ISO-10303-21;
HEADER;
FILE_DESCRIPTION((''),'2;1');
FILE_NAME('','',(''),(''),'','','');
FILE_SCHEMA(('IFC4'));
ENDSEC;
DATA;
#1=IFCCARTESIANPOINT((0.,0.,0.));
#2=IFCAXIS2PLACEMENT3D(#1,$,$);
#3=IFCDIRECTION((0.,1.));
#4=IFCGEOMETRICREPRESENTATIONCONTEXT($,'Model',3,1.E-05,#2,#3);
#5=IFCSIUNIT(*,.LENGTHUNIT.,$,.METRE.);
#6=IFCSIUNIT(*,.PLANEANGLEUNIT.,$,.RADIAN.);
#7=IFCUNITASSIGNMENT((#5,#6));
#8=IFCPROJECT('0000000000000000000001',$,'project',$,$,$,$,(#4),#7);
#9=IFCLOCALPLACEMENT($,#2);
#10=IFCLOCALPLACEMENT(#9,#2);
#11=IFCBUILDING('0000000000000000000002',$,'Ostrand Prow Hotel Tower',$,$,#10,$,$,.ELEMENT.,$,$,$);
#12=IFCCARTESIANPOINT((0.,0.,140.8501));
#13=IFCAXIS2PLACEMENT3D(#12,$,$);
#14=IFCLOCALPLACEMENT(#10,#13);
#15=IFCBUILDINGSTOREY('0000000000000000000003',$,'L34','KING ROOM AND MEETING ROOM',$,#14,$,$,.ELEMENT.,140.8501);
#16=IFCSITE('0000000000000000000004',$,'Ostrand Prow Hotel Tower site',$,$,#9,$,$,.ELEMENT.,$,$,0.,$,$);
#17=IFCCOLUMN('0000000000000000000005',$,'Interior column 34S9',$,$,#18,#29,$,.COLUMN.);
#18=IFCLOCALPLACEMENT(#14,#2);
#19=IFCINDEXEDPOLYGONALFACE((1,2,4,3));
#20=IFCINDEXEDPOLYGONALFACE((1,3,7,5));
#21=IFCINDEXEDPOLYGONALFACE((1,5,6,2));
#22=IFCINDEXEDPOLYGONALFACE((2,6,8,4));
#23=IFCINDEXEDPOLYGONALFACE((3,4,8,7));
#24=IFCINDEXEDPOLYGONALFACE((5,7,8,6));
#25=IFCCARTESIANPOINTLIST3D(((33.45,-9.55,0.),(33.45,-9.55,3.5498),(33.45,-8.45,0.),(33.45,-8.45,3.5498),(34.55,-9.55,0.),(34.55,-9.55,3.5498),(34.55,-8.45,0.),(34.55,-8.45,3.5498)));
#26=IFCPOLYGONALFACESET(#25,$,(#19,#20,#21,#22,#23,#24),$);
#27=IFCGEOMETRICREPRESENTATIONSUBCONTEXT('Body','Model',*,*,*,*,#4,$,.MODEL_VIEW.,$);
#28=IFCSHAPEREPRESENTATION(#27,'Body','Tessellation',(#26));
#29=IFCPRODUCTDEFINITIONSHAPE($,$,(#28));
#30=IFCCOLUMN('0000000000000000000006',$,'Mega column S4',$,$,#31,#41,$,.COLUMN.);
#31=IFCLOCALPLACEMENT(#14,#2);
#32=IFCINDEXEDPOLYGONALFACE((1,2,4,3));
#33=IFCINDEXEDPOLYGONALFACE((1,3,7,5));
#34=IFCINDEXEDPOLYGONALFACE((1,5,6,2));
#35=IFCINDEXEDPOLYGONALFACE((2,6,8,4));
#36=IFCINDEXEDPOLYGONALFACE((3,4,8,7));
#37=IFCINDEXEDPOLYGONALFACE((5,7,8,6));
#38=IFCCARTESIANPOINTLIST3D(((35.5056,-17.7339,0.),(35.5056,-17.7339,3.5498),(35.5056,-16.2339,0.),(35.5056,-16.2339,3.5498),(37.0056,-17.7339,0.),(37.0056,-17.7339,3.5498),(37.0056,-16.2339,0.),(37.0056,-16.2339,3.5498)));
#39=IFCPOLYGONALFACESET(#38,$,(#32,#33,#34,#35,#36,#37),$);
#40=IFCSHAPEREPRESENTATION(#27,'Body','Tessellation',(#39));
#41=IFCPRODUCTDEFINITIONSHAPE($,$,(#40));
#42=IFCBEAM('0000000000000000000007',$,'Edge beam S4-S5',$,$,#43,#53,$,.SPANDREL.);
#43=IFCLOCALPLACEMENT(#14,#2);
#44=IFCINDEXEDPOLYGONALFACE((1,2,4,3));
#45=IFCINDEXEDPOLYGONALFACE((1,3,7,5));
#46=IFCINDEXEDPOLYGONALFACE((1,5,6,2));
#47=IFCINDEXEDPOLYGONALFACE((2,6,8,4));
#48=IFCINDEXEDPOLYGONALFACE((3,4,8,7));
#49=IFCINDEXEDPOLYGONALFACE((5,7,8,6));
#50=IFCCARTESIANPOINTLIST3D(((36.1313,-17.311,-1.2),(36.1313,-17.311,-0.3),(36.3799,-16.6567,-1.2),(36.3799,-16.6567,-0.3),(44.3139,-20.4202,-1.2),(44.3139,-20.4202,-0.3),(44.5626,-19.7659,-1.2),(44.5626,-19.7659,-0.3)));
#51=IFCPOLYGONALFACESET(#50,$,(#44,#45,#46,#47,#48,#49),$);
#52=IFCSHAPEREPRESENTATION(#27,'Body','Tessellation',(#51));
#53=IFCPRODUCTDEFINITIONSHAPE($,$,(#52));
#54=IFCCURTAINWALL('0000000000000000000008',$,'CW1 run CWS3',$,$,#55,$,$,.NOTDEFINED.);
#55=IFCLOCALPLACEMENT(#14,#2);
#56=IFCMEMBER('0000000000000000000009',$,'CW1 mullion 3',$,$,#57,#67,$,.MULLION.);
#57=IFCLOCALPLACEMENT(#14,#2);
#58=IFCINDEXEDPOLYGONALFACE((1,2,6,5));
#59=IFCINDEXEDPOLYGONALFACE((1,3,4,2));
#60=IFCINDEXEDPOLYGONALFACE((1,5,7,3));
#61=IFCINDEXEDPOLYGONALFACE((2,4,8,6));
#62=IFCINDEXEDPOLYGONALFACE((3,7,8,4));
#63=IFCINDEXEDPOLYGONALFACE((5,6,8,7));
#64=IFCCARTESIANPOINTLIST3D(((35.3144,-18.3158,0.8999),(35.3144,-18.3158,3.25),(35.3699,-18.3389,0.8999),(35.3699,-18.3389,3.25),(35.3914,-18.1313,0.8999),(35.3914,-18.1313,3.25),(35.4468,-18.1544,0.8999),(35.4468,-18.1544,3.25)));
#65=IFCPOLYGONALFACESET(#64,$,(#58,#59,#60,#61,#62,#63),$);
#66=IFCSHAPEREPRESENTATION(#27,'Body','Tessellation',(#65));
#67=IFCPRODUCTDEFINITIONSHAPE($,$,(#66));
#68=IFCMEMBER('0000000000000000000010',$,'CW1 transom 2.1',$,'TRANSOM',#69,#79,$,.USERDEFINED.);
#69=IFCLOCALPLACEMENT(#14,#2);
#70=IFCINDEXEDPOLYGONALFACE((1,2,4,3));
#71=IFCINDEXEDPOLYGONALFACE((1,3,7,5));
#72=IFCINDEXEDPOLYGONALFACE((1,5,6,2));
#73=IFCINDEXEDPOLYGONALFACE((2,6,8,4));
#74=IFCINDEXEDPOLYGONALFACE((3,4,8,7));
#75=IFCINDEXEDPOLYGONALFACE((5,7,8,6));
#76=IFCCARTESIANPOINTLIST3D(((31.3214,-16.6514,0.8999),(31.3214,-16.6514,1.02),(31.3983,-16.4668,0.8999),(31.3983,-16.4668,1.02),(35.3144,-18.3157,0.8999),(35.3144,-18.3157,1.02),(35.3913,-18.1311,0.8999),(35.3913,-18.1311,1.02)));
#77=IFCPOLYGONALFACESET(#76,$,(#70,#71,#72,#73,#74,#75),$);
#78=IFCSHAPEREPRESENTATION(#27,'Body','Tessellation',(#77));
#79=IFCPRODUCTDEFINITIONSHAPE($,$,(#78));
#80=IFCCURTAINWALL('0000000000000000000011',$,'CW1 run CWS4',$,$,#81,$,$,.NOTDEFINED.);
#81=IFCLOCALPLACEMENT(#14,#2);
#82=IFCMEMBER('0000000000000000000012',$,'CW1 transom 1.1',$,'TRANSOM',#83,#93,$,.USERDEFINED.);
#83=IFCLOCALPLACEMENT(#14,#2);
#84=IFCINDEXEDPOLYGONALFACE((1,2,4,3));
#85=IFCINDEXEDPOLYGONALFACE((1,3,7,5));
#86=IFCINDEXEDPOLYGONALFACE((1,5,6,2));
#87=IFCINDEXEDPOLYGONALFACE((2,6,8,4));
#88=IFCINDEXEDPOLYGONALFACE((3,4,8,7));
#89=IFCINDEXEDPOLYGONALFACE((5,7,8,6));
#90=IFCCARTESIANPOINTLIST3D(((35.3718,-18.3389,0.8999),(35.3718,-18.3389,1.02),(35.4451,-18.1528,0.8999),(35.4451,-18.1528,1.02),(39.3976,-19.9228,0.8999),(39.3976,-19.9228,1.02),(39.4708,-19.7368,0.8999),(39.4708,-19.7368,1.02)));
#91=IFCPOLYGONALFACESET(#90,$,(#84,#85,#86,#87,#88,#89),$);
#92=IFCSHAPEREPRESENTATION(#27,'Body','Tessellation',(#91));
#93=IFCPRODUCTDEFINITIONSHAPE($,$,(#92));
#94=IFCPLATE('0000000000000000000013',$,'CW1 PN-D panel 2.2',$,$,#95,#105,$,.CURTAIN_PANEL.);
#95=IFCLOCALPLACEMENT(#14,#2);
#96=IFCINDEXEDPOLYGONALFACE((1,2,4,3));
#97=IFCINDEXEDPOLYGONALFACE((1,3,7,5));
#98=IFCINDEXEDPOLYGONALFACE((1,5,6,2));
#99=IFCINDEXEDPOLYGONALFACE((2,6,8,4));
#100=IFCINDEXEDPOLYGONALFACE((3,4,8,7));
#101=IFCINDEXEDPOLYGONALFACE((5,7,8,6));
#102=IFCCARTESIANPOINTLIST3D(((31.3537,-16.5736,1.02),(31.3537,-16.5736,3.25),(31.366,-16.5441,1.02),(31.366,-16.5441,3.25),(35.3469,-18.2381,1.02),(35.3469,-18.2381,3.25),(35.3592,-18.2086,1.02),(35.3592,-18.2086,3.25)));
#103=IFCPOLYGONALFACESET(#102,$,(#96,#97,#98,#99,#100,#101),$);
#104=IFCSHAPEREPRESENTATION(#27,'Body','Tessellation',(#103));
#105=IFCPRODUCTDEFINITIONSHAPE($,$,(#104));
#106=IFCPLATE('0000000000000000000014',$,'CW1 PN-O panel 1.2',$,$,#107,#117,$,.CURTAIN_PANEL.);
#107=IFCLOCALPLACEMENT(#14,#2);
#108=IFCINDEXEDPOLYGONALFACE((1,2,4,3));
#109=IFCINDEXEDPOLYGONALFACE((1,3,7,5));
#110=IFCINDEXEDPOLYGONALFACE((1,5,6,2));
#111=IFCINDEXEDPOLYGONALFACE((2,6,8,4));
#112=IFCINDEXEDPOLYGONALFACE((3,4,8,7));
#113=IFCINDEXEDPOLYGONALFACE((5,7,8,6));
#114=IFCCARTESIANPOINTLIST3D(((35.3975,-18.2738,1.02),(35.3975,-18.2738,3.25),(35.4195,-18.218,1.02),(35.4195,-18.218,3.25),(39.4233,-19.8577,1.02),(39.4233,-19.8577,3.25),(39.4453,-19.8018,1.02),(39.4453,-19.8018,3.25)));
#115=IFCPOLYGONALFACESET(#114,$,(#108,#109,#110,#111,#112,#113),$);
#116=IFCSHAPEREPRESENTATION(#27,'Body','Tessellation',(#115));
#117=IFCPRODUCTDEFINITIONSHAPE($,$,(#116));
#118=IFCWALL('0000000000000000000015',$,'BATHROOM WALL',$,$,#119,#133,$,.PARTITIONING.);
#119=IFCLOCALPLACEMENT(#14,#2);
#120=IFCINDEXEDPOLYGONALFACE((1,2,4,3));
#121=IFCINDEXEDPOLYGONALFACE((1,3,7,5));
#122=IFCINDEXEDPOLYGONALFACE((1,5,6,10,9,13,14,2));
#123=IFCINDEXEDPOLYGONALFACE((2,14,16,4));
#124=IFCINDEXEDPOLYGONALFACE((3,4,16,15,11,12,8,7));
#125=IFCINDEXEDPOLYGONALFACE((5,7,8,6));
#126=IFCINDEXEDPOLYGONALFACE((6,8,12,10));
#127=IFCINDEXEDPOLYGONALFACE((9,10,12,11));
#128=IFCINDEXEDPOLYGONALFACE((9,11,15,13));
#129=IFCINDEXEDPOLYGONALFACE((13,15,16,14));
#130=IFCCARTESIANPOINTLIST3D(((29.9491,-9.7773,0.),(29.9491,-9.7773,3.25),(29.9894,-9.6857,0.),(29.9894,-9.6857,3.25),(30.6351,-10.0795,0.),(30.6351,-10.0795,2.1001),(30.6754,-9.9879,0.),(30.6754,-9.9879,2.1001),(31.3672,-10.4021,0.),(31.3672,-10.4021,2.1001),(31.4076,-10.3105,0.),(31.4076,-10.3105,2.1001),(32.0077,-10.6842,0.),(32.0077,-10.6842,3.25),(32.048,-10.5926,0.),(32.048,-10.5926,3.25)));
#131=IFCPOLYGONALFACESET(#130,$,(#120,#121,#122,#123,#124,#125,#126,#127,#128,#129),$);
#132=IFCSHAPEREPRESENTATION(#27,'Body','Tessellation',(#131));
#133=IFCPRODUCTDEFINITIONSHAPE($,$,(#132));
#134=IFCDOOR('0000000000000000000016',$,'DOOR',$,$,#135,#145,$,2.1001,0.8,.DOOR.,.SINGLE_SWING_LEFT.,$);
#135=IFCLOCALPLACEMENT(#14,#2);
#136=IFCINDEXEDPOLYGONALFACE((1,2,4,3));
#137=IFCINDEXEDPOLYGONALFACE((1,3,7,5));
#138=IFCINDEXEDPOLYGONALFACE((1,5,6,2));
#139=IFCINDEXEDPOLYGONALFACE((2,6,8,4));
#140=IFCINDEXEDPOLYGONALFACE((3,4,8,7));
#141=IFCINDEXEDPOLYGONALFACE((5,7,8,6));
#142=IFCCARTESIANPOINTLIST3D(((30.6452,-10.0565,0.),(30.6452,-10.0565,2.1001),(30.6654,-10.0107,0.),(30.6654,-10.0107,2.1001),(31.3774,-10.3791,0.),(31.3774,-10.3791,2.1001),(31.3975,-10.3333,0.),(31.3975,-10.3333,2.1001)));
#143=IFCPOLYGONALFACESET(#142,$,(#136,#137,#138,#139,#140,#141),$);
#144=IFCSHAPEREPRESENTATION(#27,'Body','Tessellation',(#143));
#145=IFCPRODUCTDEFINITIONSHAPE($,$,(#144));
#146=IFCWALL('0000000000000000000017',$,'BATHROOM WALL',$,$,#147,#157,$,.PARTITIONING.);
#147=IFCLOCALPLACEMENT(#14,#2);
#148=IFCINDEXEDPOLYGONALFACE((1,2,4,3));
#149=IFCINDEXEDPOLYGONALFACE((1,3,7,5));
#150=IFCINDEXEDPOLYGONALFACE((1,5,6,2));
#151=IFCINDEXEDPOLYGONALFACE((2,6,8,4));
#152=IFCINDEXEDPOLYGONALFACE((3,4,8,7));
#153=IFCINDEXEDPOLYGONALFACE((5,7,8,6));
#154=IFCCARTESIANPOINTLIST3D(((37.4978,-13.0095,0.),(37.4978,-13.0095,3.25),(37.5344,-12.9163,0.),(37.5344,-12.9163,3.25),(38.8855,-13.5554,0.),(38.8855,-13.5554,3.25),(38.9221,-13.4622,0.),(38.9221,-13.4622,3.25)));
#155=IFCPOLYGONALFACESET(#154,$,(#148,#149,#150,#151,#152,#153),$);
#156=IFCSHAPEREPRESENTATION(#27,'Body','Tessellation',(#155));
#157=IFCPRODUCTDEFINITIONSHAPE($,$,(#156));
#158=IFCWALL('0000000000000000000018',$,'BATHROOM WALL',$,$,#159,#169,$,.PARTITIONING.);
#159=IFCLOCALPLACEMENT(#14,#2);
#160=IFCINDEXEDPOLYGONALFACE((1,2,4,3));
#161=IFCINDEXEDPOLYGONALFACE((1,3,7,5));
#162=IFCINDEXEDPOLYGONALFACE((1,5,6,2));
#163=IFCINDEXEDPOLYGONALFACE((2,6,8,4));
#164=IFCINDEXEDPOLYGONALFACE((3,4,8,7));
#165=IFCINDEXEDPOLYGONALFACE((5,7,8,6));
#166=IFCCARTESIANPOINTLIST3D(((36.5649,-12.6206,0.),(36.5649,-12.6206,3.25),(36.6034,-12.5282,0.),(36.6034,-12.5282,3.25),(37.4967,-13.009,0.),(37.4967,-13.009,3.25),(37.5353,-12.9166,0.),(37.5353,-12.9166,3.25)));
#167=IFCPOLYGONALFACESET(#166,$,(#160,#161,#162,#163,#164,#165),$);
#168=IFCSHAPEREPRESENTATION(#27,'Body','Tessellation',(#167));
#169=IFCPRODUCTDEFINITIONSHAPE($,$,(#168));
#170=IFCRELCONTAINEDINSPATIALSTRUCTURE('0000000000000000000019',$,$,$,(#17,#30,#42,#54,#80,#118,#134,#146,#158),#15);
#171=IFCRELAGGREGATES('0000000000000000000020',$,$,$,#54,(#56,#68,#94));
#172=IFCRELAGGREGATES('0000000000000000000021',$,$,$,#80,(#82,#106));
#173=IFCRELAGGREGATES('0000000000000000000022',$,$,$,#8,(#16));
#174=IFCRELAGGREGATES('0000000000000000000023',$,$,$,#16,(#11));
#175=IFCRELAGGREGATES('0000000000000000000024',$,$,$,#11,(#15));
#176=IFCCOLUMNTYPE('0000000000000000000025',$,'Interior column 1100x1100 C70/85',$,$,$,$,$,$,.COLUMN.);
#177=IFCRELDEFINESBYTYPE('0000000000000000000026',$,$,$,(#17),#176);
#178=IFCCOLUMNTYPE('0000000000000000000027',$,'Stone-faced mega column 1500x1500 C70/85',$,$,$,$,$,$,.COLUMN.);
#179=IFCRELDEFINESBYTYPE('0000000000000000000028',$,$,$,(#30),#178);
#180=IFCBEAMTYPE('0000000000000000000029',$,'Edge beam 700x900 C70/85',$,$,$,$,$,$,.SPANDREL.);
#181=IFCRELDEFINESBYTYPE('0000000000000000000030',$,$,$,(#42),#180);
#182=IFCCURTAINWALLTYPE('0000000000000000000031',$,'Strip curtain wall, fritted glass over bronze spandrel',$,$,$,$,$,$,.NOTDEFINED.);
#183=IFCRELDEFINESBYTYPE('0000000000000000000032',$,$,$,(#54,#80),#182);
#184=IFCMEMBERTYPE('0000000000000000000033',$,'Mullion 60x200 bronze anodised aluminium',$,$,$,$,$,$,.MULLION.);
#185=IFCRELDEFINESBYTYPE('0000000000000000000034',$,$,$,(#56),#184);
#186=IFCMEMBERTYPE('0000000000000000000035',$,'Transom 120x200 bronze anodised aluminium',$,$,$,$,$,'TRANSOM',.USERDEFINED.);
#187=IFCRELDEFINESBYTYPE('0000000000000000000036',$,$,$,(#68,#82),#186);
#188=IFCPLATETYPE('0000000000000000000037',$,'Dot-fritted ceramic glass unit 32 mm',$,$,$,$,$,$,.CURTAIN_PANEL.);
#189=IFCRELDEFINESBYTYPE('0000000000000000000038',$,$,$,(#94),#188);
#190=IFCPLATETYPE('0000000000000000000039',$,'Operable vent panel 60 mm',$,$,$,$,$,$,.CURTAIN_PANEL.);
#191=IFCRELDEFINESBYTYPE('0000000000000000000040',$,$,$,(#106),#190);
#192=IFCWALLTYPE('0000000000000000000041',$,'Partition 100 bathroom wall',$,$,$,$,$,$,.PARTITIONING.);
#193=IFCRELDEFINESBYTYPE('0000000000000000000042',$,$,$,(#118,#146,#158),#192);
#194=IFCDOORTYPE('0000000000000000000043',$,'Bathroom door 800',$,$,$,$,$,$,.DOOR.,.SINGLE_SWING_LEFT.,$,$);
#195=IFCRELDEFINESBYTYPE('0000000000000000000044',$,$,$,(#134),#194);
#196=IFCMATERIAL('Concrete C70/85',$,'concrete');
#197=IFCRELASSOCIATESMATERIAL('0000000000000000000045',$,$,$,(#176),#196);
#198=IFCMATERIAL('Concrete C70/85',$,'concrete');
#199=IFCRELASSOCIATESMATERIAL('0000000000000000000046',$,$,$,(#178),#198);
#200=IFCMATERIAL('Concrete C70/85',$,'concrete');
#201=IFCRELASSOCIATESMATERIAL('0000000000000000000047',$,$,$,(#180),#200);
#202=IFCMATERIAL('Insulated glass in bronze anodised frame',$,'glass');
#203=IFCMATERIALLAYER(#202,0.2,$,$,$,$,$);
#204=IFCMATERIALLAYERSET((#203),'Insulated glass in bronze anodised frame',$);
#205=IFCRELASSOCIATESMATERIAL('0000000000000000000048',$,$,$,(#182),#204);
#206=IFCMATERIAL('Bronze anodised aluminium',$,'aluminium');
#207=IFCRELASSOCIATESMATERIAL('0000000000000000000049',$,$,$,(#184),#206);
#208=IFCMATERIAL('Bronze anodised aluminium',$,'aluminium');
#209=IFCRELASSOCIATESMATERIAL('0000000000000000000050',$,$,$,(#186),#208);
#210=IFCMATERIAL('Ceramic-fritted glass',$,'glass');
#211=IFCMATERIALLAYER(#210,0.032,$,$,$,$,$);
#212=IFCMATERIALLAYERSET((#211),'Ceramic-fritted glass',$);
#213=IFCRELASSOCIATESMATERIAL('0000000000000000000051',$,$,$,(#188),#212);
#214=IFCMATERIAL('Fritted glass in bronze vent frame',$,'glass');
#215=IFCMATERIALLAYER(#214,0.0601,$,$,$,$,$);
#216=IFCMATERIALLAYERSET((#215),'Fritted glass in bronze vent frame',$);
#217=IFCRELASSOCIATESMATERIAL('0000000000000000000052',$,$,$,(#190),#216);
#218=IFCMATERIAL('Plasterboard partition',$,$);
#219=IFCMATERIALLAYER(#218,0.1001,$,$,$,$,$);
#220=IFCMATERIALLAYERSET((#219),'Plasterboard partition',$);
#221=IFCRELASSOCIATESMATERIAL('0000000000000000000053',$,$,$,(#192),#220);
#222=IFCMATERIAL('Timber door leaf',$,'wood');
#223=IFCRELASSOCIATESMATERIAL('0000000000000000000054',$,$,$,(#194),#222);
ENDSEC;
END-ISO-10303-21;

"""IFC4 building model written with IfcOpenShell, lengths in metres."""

from ifc_helpers import new_model, si_unit, direction, frame, frame_2d, origin, origin_2d, place, context, subcontext, project, spatial, rectangle, extrude, material, layer, layer_set, material_profile, profile_set, type_object, element, fill, aggregate, save


model = new_model("IFC4")

# Units and contexts
model_context = context("Model", 3, precision=1e-05, world=origin(), true_north=direction((0.0, 1.0)))
body_context = subcontext(model_context, "Body", "Model", "MODEL_VIEW")
ifc_project = project(units=[si_unit("LENGTHUNIT", "METRE"), si_unit("PLANEANGLEUNIT", "RADIAN")], contexts=[model_context])

# Site, building, storey
site_placement = place(None, origin())
site = spatial("IfcSite", under=ifc_project, at=site_placement, Name="Ostrand Prow Hotel Tower site", CompositionType="ELEMENT", RefElevation=0.0)
building_placement = place(site_placement, origin())
building = spatial("IfcBuilding", under=site, at=building_placement, Name="Ostrand Prow Hotel Tower", CompositionType="ELEMENT")
storey_placement = place(building_placement, frame((0.0, 0.0, 140.8501)))
storey = spatial("IfcBuildingStorey", under=building, at=storey_placement, Name="L34", Description="KING ROOM AND MEETING ROOM", CompositionType="ELEMENT", Elevation=140.8501)

# Columns
ifc_material_1 = material(Name="Concrete C70/85", Category="concrete")
ifc_material_profile_1 = material_profile(ifc_material_1, rectangle(XDim=1.1001, YDim=1.1001, at=origin_2d()), Name="RC 1100x1100")
ifc_profile_set_1 = profile_set([ifc_material_profile_1], Name="Concrete C70/85")
column_type_1 = type_object("IfcColumnType", Name="Interior column 1100x1100 C70/85", PredefinedType="COLUMN", material=ifc_profile_set_1)
column_1_placement = place(storey_placement, frame((34.0, -9.0, 0.0), z_axis=(0.0, 0.0, 1.0), x_axis=(1.0, 0.0, 0.0)))
element("IfcColumn", 1, at=column_1_placement, inside=storey, type_object=column_type_1, Name="Interior column 34S9", PredefinedType="COLUMN", context=body_context, shape_type="SweptSolid", body=[
    extrude(rectangle(XDim=1.1001, YDim=1.1001, at=origin_2d()), origin(), (0.0, 0.0, 1.0), 3.5498),
])
ifc_material_2 = material(Name="Concrete C70/85", Category="concrete")
ifc_material_profile_2 = material_profile(ifc_material_2, rectangle(XDim=1.5, YDim=1.5, at=origin_2d()), Name="RC 1500x1500")
ifc_profile_set_2 = profile_set([ifc_material_profile_2], Name="Concrete C70/85")
column_type_2 = type_object("IfcColumnType", Name="Stone-faced mega column 1500x1500 C70/85", PredefinedType="COLUMN", material=ifc_profile_set_2)
column_2_placement = place(storey_placement, frame((36.2556, -16.9839, 0.0), z_axis=(0.0, 0.0, 1.0), x_axis=(1.0, 0.0, 0.0)))
element("IfcColumn", 2, at=column_2_placement, inside=storey, type_object=column_type_2, Name="Mega column S4", PredefinedType="COLUMN", context=body_context, shape_type="SweptSolid", body=[
    extrude(rectangle(XDim=1.5, YDim=1.5, at=origin_2d()), origin(), (0.0, 0.0, 1.0), 3.5498),
])

# Beam
ifc_material_3 = material(Name="Concrete C70/85", Category="concrete")
ifc_material_profile_3 = material_profile(ifc_material_3, rectangle(XDim=0.7, YDim=0.8999, at=origin_2d()), Name="RC 700x900")
ifc_profile_set_3 = profile_set([ifc_material_profile_3], Name="Concrete C70/85")
beam_type = type_object("IfcBeamType", Name="Edge beam 700x900 C70/85", PredefinedType="SPANDREL", material=ifc_profile_set_3)
beam_placement = place(storey_placement, frame((36.2556, -16.9839, -0.75), z_axis=(0.934794, -0.355191, 0.0), x_axis=(0.355191, 0.934794, 0.0)))
element("IfcBeam", 3, at=beam_placement, inside=storey, type_object=beam_type, Name="Edge beam S4-S5", PredefinedType="SPANDREL", context=body_context, shape_type="SweptSolid", body=[
    extrude(rectangle(XDim=0.7, YDim=0.8999, at=origin_2d()), origin(), (0.0, 0.0, 1.0), 8.7534),
])

# Curtain wall, members
ifc_material_4 = material(Name="Insulated glass in bronze anodised frame", Category="glass")
ifc_layer_1 = layer(ifc_material_4, 0.2)
ifc_layer_set_1 = layer_set([ifc_layer_1], Name="Insulated glass in bronze anodised frame")
curtain_wall_type = type_object("IfcCurtainWallType", Name="Strip curtain wall, fritted glass over bronze spandrel", PredefinedType="NOTDEFINED", material=ifc_layer_set_1)
curtain_wall_1_placement = place(storey_placement, origin())
curtain_wall_1 = element("IfcCurtainWall", 4, at=curtain_wall_1_placement, inside=storey, type_object=curtain_wall_type, Name="CW1 run CWS3", PredefinedType="NOTDEFINED")
ifc_material_5 = material(Name="Bronze anodised aluminium", Category="aluminium")
ifc_material_profile_4 = material_profile(ifc_material_5, rectangle(XDim=0.2, YDim=0.0601, at=origin_2d()), Name="Mullion 60x200 bronze anodised aluminium")
ifc_profile_set_4 = profile_set([ifc_material_profile_4], Name="Bronze anodised aluminium")
member_type_1 = type_object("IfcMemberType", Name="Mullion 60x200 bronze anodised aluminium", PredefinedType="MULLION", material=ifc_profile_set_4)
member_1_placement = place(storey_placement, frame((35.3806, -18.2351, 0.8999), z_axis=(0.0, 0.0, 1.0), x_axis=(0.384743, 0.923024, 0.0)))
member_1 = element("IfcMember", 5, at=member_1_placement, type_object=member_type_1, Name="CW1 mullion 3", PredefinedType="MULLION", context=body_context, shape_type="SweptSolid", body=[
    extrude(rectangle(XDim=0.2, YDim=0.0601, at=origin_2d()), origin(), (0.0, 0.0, 1.0), 2.3501),
])
ifc_material_6 = material(Name="Bronze anodised aluminium", Category="aluminium")
ifc_material_profile_5 = material_profile(ifc_material_6, rectangle(XDim=0.2, YDim=0.1201, at=origin_2d()), Name="Transom 120x200 bronze anodised aluminium")
ifc_profile_set_5 = profile_set([ifc_material_profile_5], Name="Bronze anodised aluminium")
member_type_2 = type_object("IfcMemberType", Name="Transom 120x200 bronze anodised aluminium", ElementType="TRANSOM", PredefinedType="USERDEFINED", material=ifc_profile_set_5)
member_2_placement = place(storey_placement, frame((31.3599, -16.5591, 0.96), z_axis=(0.923028, -0.384732, 0.0), x_axis=(0.384732, 0.923028, 0.0)))
member_2 = element("IfcMember", 6, at=member_2_placement, type_object=member_type_2, Name="CW1 transom 2.1", ObjectType="TRANSOM", PredefinedType="USERDEFINED", context=body_context, shape_type="SweptSolid", body=[
    extrude(rectangle(XDim=0.2, YDim=0.1201, at=origin_2d()), origin(), (0.0, 0.0, 1.0), 4.3259),
])

# Curtain wall, member
curtain_wall_2_placement = place(storey_placement, origin())
curtain_wall_2 = element("IfcCurtainWall", 7, at=curtain_wall_2_placement, inside=storey, type_object=curtain_wall_type, Name="CW1 run CWS4", PredefinedType="NOTDEFINED")
member_3_placement = place(storey_placement, frame((35.4084, -18.2458, 0.96), z_axis=(0.930563, -0.366131, 0.0), x_axis=(0.366131, 0.930563, 0.0)))
member_3 = element("IfcMember", 8, at=member_3_placement, type_object=member_type_2, Name="CW1 transom 1.1", ObjectType="TRANSOM", PredefinedType="USERDEFINED", context=body_context, shape_type="SweptSolid", body=[
    extrude(rectangle(XDim=0.2, YDim=0.1201, at=origin_2d()), origin(), (0.0, 0.0, 1.0), 4.3262),
])

# Plates
ifc_material_7 = material(Name="Ceramic-fritted glass", Category="glass")
ifc_layer_2 = layer(ifc_material_7, 0.032)
ifc_layer_set_2 = layer_set([ifc_layer_2], Name="Ceramic-fritted glass")
plate_type_1 = type_object("IfcPlateType", Name="Dot-fritted ceramic glass unit 32 mm", PredefinedType="CURTAIN_PANEL", material=ifc_layer_set_2)
plate_1_placement = place(storey_placement, frame((33.3564, -17.3911, 1.02), z_axis=(0.0, 0.0, 1.0), x_axis=(0.923024, -0.384743, 0.0)))
plate_1 = element("IfcPlate", 9, at=plate_1_placement, type_object=plate_type_1, Name="CW1 PN-D panel 2.2", PredefinedType="CURTAIN_PANEL", context=body_context, shape_type="SweptSolid", body=[
    extrude(rectangle(XDim=4.3262, YDim=0.032, at=origin_2d()), origin(), (0.0, 0.0, 1.0), 2.23),
])
aggregate(curtain_wall_1, [member_1, member_2, plate_1])
ifc_material_8 = material(Name="Fritted glass in bronze vent frame", Category="glass")
ifc_layer_3 = layer(ifc_material_8, 0.0601)
ifc_layer_set_3 = layer_set([ifc_layer_3], Name="Fritted glass in bronze vent frame")
plate_type_2 = type_object("IfcPlateType", Name="Operable vent panel 60 mm", PredefinedType="CURTAIN_PANEL", material=ifc_layer_set_3)
plate_2_placement = place(storey_placement, frame((37.4214, -19.0378, 1.02), z_axis=(0.0, 0.0, 1.0), x_axis=(0.930569, -0.366116, 0.0)))
plate_2 = element("IfcPlate", 10, at=plate_2_placement, type_object=plate_type_2, Name="CW1 PN-O panel 1.2", PredefinedType="CURTAIN_PANEL", context=body_context, shape_type="SweptSolid", body=[
    extrude(rectangle(XDim=4.3262, YDim=0.0601, at=origin_2d()), origin(), (0.0, 0.0, 1.0), 2.23),
])
aggregate(curtain_wall_2, [member_3, plate_2])

# Wall, opening, door
ifc_material_9 = material(Name="Plasterboard partition")
ifc_layer_4 = layer(ifc_material_9, 0.1001)
ifc_layer_set_4 = layer_set([ifc_layer_4], Name="Plasterboard partition")
wall_type_1 = type_object("IfcWallType", Name="Partition 100 bathroom wall", PredefinedType="PARTITIONING", material=ifc_layer_set_4)
wall_1_placement = place(storey_placement, frame((32.0278, -10.6384, 0.0), z_axis=(0.0, 0.0, 1.0), x_axis=(-0.915118, 0.403186, 0.0)))
wall_1 = element("IfcWall", 11, at=wall_1_placement, inside=storey, type_object=wall_type_1, Name="BATHROOM WALL", PredefinedType="PARTITIONING", context=body_context, shape_type="SweptSolid", body=[
    extrude(rectangle(XDim=2.2495, YDim=0.1001, at=frame_2d((1.1248, 0.0))), origin(), (0.0, 0.0, 1.0), 3.25),
])
opening_1_placement = place(wall_1_placement, frame((0.7, 0.0, 0.0)))
opening_1 = element("IfcOpeningElement", 12, at=opening_1_placement, cuts=wall_1, PredefinedType="OPENING", context=body_context, shape_type="SweptSolid", body=[
    extrude(rectangle(XDim=0.8, YDim=2.1001, at=frame_2d((0.3999, 1.05))), frame((0.0, 0.0601, 0.0), z_axis=(0.0, -1.0, 0.0), x_axis=(1.0, 0.0, 0.0)), (0.0, 0.0, 1.0), 0.1201),
])
ifc_material_10 = material(Name="Timber door leaf", Category="wood")
door_type_1 = type_object("IfcDoorType", Name="Bathroom door 800", OperationType="SINGLE_SWING_LEFT", PredefinedType="DOOR", material=ifc_material_10)
door_1_placement = place(opening_1_placement, origin())
door_1 = element("IfcDoor", 13, at=door_1_placement, inside=storey, type_object=door_type_1, Name="DOOR", OperationType="SINGLE_SWING_LEFT", OverallHeight=2.1001, OverallWidth=0.8, PredefinedType="DOOR", context=body_context, shape_type="SweptSolid", body=[
    extrude(rectangle(XDim=0.8, YDim=2.1001, at=frame_2d((0.3999, 1.05))), frame((0.0, 0.0249, 0.0), z_axis=(0.0, -1.0, 0.0), x_axis=(1.0, 0.0, 0.0)), (0.0, 0.0, 1.0), 0.05),
])
fill(opening_1, door_1)

# Walls
wall_2_placement = place(storey_placement, frame((38.9038, -13.5088, 0.0), z_axis=(0.0, 0.0, 1.0), x_axis=(-0.930584, 0.366078, 0.0)))
element("IfcWall", 14, at=wall_2_placement, inside=storey, type_object=wall_type_1, Name="BATHROOM WALL", PredefinedType="PARTITIONING", context=body_context, shape_type="SweptSolid", body=[
    extrude(rectangle(XDim=1.4912, YDim=0.1001, at=frame_2d((0.7456, 0.0))), origin(), (0.0, 0.0, 1.0), 3.25),
])
wall_3_placement = place(storey_placement, frame((37.5161, -12.9629, 0.0), z_axis=(0.0, 0.0, 1.0), x_axis=(-0.923027, 0.384736, 0.0)))
element("IfcWall", 15, at=wall_3_placement, inside=storey, type_object=wall_type_1, Name="BATHROOM WALL", PredefinedType="PARTITIONING", context=body_context, shape_type="SweptSolid", body=[
    extrude(rectangle(XDim=1.0095, YDim=0.1001, at=frame_2d((0.5049, 0.0))), origin(), (0.0, 0.0, 1.0), 3.25),
])

save(model, "model.ifc")
